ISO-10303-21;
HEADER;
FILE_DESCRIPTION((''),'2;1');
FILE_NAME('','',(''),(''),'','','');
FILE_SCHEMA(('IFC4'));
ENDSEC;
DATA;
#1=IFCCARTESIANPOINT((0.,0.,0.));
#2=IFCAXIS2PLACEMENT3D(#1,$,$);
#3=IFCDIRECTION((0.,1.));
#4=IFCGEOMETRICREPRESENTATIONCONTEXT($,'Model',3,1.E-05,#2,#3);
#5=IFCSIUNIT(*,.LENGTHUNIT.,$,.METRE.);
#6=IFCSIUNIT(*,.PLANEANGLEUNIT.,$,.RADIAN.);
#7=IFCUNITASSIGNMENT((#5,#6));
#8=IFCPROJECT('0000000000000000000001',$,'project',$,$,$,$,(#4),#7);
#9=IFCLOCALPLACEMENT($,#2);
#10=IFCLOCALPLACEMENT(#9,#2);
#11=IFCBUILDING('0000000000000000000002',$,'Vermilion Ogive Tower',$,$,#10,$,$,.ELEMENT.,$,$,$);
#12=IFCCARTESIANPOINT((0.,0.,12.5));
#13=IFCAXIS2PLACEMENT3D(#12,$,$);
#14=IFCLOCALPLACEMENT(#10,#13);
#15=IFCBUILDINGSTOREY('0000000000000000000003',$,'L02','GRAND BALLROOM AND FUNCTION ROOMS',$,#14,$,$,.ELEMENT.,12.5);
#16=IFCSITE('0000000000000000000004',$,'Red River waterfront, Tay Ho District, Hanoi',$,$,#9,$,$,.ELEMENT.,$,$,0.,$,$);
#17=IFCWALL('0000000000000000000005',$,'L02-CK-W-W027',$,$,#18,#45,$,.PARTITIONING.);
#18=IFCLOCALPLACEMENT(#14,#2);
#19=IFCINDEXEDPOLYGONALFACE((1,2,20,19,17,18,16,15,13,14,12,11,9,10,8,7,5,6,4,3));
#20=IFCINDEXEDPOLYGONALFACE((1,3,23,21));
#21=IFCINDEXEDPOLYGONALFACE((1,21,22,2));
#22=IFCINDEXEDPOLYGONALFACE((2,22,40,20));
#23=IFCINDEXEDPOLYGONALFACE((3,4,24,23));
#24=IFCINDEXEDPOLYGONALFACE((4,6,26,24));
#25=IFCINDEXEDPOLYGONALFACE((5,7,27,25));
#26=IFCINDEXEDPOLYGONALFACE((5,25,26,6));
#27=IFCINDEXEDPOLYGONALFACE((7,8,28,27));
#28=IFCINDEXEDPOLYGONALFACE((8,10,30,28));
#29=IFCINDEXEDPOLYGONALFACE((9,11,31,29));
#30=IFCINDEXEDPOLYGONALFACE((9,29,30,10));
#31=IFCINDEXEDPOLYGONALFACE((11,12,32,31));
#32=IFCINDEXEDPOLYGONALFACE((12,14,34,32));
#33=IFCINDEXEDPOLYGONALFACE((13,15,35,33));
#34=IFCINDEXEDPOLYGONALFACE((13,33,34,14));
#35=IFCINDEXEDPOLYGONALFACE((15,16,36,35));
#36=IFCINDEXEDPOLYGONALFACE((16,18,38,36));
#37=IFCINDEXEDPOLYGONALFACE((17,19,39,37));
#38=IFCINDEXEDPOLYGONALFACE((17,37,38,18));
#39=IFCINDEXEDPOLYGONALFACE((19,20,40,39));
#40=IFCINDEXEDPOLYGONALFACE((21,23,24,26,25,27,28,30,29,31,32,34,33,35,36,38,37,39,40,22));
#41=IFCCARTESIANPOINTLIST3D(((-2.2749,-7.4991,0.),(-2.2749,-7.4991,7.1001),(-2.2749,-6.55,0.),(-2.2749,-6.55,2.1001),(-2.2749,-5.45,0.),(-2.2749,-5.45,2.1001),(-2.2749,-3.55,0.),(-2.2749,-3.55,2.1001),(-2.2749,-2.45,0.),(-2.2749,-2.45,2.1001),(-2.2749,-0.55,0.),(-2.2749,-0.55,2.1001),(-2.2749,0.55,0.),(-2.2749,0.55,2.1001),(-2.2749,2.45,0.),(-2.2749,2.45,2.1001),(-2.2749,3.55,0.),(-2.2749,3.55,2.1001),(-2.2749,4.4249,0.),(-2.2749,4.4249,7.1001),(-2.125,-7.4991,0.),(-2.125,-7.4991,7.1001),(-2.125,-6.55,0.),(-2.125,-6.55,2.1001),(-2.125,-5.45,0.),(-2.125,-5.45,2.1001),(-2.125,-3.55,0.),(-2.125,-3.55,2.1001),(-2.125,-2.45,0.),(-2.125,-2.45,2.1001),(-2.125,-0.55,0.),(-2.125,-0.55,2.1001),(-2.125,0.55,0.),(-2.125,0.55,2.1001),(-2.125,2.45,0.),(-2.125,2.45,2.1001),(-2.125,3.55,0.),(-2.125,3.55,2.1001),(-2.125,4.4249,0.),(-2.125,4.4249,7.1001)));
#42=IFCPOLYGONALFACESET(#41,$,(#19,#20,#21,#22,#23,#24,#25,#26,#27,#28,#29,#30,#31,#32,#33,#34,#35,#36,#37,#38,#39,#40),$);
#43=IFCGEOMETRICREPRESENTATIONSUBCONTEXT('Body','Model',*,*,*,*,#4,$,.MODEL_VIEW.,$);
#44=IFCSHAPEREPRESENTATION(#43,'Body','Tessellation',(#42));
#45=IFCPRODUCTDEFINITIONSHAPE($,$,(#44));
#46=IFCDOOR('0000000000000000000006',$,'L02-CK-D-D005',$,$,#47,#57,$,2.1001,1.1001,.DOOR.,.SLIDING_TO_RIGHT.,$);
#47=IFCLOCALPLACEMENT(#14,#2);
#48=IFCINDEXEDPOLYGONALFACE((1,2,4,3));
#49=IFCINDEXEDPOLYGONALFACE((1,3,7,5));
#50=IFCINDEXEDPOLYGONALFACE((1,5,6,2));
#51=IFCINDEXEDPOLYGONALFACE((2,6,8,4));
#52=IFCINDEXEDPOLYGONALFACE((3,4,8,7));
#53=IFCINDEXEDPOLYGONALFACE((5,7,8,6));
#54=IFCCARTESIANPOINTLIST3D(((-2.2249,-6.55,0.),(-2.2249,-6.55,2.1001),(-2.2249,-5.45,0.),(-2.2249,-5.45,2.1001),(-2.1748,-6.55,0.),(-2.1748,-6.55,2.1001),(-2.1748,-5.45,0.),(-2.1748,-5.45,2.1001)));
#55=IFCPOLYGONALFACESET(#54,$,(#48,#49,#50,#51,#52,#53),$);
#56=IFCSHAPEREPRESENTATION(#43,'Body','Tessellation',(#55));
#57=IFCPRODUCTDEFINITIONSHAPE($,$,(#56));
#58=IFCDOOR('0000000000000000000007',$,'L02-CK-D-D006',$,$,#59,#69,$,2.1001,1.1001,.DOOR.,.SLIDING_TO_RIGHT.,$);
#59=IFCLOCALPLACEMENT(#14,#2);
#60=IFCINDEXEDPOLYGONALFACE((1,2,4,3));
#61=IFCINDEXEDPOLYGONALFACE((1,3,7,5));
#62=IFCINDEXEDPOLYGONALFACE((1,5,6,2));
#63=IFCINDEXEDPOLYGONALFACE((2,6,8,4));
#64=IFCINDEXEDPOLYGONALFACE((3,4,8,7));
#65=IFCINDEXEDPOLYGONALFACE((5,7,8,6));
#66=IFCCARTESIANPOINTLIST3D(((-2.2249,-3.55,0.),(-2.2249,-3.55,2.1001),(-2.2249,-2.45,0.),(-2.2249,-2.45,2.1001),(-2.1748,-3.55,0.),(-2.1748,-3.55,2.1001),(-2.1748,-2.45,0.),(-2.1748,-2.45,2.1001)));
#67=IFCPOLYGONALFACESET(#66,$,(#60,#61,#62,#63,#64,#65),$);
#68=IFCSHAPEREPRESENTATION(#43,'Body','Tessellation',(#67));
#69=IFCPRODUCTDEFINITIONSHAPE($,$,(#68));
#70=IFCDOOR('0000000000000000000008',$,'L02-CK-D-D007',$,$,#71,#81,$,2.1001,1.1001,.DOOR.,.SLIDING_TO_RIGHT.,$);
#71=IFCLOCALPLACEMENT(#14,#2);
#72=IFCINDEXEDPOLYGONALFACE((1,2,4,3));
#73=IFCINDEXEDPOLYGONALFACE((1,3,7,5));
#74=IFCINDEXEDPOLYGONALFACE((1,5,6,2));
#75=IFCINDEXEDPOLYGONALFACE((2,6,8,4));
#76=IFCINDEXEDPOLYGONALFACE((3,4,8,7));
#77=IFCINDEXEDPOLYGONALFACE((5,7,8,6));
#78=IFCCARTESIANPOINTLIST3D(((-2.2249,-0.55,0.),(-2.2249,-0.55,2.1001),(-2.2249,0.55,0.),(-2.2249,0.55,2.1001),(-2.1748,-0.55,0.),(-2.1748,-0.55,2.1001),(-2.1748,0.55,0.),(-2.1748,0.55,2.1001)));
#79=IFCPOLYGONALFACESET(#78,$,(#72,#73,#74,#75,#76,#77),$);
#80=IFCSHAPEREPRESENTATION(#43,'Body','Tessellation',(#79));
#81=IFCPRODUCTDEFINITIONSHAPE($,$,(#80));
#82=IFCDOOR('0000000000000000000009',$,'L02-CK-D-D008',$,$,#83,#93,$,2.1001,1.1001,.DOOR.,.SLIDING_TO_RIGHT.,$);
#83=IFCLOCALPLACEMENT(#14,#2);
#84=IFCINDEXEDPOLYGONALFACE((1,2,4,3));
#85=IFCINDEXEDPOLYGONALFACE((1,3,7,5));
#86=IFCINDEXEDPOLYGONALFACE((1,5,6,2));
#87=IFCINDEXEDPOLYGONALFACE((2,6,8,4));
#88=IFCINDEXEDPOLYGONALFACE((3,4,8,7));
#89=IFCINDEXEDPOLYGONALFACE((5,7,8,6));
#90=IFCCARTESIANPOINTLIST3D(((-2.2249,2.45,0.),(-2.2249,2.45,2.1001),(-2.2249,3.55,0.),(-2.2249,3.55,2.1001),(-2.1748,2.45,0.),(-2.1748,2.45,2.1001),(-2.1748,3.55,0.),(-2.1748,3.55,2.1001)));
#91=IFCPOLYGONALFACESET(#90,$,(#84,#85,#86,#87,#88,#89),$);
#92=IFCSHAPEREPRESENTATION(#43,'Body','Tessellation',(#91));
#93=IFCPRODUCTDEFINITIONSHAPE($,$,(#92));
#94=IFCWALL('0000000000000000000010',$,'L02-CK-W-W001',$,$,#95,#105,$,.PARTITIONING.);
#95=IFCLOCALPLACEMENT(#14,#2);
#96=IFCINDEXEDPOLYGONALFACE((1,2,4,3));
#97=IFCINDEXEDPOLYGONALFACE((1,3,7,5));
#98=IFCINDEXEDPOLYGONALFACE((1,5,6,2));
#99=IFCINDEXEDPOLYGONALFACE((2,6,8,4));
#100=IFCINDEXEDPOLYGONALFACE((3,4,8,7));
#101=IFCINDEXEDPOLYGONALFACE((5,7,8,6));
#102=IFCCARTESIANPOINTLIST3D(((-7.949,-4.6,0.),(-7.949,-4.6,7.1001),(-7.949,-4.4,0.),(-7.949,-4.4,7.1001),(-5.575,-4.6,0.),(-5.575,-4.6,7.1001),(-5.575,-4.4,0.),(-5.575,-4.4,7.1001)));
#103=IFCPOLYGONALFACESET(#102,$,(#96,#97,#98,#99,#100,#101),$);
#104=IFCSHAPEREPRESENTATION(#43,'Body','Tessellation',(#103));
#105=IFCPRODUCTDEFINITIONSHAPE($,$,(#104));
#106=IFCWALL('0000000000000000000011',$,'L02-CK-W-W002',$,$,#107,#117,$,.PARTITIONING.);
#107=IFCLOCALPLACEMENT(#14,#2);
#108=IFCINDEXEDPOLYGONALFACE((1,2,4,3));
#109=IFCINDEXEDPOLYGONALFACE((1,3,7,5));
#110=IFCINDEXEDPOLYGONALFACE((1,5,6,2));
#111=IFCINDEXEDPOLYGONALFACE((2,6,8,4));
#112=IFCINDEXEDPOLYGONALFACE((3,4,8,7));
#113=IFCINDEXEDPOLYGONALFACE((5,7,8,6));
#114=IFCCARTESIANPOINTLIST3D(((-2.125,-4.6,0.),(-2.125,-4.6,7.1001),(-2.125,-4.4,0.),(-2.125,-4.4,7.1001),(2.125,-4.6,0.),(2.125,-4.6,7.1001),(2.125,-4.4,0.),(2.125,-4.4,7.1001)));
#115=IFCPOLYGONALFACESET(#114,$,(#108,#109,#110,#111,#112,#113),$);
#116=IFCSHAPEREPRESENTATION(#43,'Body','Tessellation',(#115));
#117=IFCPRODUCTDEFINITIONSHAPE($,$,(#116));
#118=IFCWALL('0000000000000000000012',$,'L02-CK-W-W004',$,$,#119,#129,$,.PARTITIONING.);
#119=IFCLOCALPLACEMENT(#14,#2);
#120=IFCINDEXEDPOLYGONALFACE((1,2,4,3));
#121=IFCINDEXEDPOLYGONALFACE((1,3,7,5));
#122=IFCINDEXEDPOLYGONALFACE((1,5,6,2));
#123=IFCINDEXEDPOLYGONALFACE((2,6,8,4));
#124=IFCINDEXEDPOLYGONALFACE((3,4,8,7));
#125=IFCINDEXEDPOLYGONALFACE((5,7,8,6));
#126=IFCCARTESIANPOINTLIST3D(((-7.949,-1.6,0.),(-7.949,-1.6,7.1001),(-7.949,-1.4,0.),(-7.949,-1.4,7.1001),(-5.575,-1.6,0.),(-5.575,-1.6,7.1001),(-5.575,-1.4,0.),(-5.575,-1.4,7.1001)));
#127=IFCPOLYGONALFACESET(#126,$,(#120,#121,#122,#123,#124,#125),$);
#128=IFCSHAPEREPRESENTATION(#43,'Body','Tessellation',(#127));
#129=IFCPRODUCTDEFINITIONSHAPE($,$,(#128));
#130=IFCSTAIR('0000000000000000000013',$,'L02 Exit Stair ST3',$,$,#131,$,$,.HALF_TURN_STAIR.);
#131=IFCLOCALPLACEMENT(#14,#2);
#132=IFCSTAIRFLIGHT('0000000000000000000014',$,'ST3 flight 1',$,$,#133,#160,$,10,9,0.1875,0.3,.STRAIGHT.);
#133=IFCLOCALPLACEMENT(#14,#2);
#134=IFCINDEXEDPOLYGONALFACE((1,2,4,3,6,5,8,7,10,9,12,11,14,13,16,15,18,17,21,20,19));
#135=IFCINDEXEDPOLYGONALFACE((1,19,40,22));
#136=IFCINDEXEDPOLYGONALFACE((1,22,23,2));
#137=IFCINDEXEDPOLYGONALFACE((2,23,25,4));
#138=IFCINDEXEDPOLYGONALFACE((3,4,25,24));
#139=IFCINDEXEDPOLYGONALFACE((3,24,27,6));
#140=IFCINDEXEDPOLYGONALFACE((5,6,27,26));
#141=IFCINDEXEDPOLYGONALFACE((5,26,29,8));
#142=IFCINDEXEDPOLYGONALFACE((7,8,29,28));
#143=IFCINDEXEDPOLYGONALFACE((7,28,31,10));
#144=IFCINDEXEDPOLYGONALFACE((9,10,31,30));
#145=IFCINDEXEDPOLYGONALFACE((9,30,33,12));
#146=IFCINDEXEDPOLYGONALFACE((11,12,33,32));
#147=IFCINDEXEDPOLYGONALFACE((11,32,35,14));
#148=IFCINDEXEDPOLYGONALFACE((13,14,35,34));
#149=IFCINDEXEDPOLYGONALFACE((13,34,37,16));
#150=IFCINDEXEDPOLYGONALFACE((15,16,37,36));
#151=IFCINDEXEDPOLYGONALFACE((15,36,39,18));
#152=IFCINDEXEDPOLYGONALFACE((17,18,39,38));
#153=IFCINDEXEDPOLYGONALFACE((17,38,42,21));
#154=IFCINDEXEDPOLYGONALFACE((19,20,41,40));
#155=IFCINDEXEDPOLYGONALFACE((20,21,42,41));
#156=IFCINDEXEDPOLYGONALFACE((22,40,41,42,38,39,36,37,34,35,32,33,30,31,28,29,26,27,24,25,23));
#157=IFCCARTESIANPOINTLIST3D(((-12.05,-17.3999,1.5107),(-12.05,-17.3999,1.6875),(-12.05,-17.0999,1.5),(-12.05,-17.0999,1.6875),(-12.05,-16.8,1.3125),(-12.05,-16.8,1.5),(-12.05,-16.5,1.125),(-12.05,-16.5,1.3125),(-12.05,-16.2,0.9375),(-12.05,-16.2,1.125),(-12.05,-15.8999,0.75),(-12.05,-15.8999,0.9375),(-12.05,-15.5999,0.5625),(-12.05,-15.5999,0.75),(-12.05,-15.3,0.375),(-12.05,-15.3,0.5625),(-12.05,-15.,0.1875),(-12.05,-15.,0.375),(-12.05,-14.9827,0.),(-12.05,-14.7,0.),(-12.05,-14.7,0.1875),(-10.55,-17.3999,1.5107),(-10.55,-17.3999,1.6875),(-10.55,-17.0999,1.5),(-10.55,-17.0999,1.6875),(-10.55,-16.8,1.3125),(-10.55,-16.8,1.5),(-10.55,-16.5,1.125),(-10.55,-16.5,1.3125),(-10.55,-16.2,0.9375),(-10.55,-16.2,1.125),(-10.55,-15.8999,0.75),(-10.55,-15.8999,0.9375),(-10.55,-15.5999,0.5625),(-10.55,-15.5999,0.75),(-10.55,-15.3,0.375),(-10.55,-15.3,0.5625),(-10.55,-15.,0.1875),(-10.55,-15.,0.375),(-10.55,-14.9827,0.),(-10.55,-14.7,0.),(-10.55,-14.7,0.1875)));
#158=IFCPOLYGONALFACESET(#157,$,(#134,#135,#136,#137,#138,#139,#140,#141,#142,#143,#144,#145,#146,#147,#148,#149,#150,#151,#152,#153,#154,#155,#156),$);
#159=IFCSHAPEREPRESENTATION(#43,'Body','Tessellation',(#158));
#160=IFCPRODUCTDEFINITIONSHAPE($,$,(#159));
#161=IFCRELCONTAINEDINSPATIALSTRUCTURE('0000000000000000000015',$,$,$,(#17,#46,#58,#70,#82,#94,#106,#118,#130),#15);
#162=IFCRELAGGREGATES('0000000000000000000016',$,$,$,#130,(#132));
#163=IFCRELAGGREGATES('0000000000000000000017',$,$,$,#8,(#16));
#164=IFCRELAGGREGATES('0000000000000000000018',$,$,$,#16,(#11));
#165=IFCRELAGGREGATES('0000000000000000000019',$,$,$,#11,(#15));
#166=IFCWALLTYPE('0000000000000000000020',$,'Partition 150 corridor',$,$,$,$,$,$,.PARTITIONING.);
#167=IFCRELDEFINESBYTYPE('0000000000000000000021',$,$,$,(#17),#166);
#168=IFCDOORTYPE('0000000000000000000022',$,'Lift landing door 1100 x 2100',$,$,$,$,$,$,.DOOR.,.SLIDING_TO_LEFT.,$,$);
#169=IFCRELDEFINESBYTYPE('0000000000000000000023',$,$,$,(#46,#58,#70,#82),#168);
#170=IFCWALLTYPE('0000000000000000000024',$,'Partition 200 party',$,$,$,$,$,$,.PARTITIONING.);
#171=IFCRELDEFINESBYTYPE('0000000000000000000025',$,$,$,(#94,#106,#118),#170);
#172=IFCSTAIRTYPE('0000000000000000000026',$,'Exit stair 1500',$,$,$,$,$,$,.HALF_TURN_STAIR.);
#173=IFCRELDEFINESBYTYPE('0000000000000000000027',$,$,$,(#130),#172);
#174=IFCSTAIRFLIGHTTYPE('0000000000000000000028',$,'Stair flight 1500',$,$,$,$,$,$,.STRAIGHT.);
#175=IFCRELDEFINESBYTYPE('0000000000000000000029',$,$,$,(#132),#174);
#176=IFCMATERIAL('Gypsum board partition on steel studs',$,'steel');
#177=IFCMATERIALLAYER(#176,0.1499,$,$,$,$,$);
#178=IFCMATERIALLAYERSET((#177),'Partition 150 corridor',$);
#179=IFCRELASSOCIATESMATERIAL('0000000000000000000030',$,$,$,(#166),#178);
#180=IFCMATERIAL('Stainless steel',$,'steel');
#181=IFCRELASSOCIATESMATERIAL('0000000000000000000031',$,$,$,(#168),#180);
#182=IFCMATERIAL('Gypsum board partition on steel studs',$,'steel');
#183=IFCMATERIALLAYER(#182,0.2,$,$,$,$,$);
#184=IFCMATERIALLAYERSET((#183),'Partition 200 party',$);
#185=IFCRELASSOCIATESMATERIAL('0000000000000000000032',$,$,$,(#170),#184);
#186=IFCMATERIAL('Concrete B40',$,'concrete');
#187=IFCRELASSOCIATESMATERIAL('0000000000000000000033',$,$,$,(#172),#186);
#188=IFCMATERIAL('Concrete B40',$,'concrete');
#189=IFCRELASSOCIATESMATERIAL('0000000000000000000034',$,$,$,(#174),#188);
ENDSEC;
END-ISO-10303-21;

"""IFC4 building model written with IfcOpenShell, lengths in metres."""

from ifc_helpers import new_model, si_unit, direction, frame, frame_2d, origin, place, context, subcontext, project, spatial, polyline, rectangle, outline, extrude, material, layer, layer_set, type_object, element, fill, aggregate, save


model = new_model("IFC4")

# Units and contexts
model_context = context("Model", 3, precision=1e-05, world=origin(), true_north=direction((0.0, 1.0)))
body_context = subcontext(model_context, "Body", "Model", "MODEL_VIEW")
ifc_project = project(units=[si_unit("LENGTHUNIT", "METRE"), si_unit("PLANEANGLEUNIT", "RADIAN")], contexts=[model_context])

# Site, building, storey
site_placement = place(None, origin())
site = spatial("IfcSite", under=ifc_project, at=site_placement, Name="Red River waterfront, Tay Ho District, Hanoi", CompositionType="ELEMENT", RefElevation=0.0)
building_placement = place(site_placement, origin())
building = spatial("IfcBuilding", under=site, at=building_placement, Name="Vermilion Ogive Tower", CompositionType="ELEMENT")
storey_placement = place(building_placement, frame((0.0, 0.0, 12.5)))
storey = spatial("IfcBuildingStorey", under=building, at=storey_placement, Name="L02", Description="GRAND BALLROOM AND FUNCTION ROOMS", CompositionType="ELEMENT", Elevation=12.5)

# Shared definitions
ifc_material_1 = material(Name="Gypsum board partition on steel studs", Category="steel")
ifc_layer_1 = layer(ifc_material_1, 0.1499)
ifc_layer_set_1 = layer_set([ifc_layer_1], Name="Partition 150 corridor")
wall_type_1 = type_object("IfcWallType", Name="Partition 150 corridor", PredefinedType="PARTITIONING", material=ifc_layer_set_1)

# Wall, openings, doors
ifc_material_2 = material(Name="Stainless steel", Category="steel")
door_type_1 = type_object("IfcDoorType", Name="Lift landing door 1100 x 2100", OperationType="SLIDING_TO_LEFT", PredefinedType="DOOR", material=ifc_material_2)
wall_1_placement = place(storey_placement, frame((-2.2, -7.499, 0.0), z_axis=(0.0, 0.0, 1.0), x_axis=(0.0, 1.0, 0.0)))
wall_1 = element("IfcWall", 1, at=wall_1_placement, inside=storey, type_object=wall_type_1, Name="L02-CK-W-W027", PredefinedType="PARTITIONING", context=body_context, shape_type="SweptSolid", body=[
    extrude(rectangle(XDim=11.9241, YDim=0.1499, at=frame_2d((5.9619, 0.0))), origin(), (0.0, 0.0, 1.0), 7.1001),
])
opening_1_placement = place(wall_1_placement, frame((0.949, 0.0, 0.0)))
opening_1 = element("IfcOpeningElement", 2, at=opening_1_placement, cuts=wall_1, PredefinedType="OPENING", context=body_context, shape_type="SweptSolid", body=[
    extrude(rectangle(XDim=1.1001, YDim=2.1001, at=frame_2d((0.55, 1.05))), frame((0.0, 0.085, 0.0), z_axis=(0.0, -1.0, 0.0), x_axis=(1.0, 0.0, 0.0)), (0.0, 0.0, 1.0), 0.1699),
])
opening_2_placement = place(wall_1_placement, frame((3.949, 0.0, 0.0)))
opening_2 = element("IfcOpeningElement", 3, at=opening_2_placement, cuts=wall_1, PredefinedType="OPENING", context=body_context, shape_type="SweptSolid", body=[
    extrude(rectangle(XDim=1.1001, YDim=2.1001, at=frame_2d((0.55, 1.05))), frame((0.0, 0.085, 0.0), z_axis=(0.0, -1.0, 0.0), x_axis=(1.0, 0.0, 0.0)), (0.0, 0.0, 1.0), 0.1699),
])
opening_3_placement = place(wall_1_placement, frame((6.949, 0.0, 0.0)))
opening_3 = element("IfcOpeningElement", 4, at=opening_3_placement, cuts=wall_1, PredefinedType="OPENING", context=body_context, shape_type="SweptSolid", body=[
    extrude(rectangle(XDim=1.1001, YDim=2.1001, at=frame_2d((0.55, 1.05))), frame((0.0, 0.085, 0.0), z_axis=(0.0, -1.0, 0.0), x_axis=(1.0, 0.0, 0.0)), (0.0, 0.0, 1.0), 0.1699),
])
opening_4_placement = place(wall_1_placement, frame((9.949, 0.0, 0.0)))
opening_4 = element("IfcOpeningElement", 5, at=opening_4_placement, cuts=wall_1, PredefinedType="OPENING", context=body_context, shape_type="SweptSolid", body=[
    extrude(rectangle(XDim=1.1001, YDim=2.1001, at=frame_2d((0.55, 1.05))), frame((0.0, 0.085, 0.0), z_axis=(0.0, -1.0, 0.0), x_axis=(1.0, 0.0, 0.0)), (0.0, 0.0, 1.0), 0.1699),
])
door_1_placement = place(opening_1_placement, origin())
door_1 = element("IfcDoor", 6, at=door_1_placement, inside=storey, type_object=door_type_1, Name="L02-CK-D-D005", OperationType="SLIDING_TO_RIGHT", OverallHeight=2.1001, OverallWidth=1.1001, PredefinedType="DOOR", context=body_context, shape_type="SweptSolid", body=[
    extrude(rectangle(XDim=1.1001, YDim=2.1001, at=frame_2d((0.55, 1.05))), frame((0.0, 0.0249, 0.0), z_axis=(0.0, -1.0, 0.0), x_axis=(1.0, 0.0, 0.0)), (0.0, 0.0, 1.0), 0.05),
])
fill(opening_1, door_1)
door_2_placement = place(opening_2_placement, origin())
door_2 = element("IfcDoor", 7, at=door_2_placement, inside=storey, type_object=door_type_1, Name="L02-CK-D-D006", OperationType="SLIDING_TO_RIGHT", OverallHeight=2.1001, OverallWidth=1.1001, PredefinedType="DOOR", context=body_context, shape_type="SweptSolid", body=[
    extrude(rectangle(XDim=1.1001, YDim=2.1001, at=frame_2d((0.55, 1.05))), frame((0.0, 0.0249, 0.0), z_axis=(0.0, -1.0, 0.0), x_axis=(1.0, 0.0, 0.0)), (0.0, 0.0, 1.0), 0.05),
])
fill(opening_2, door_2)
door_3_placement = place(opening_3_placement, origin())
door_3 = element("IfcDoor", 8, at=door_3_placement, inside=storey, type_object=door_type_1, Name="L02-CK-D-D007", OperationType="SLIDING_TO_RIGHT", OverallHeight=2.1001, OverallWidth=1.1001, PredefinedType="DOOR", context=body_context, shape_type="SweptSolid", body=[
    extrude(rectangle(XDim=1.1001, YDim=2.1001, at=frame_2d((0.55, 1.05))), frame((0.0, 0.0249, 0.0), z_axis=(0.0, -1.0, 0.0), x_axis=(1.0, 0.0, 0.0)), (0.0, 0.0, 1.0), 0.05),
])
fill(opening_3, door_3)
door_4_placement = place(opening_4_placement, origin())
door_4 = element("IfcDoor", 9, at=door_4_placement, inside=storey, type_object=door_type_1, Name="L02-CK-D-D008", OperationType="SLIDING_TO_RIGHT", OverallHeight=2.1001, OverallWidth=1.1001, PredefinedType="DOOR", context=body_context, shape_type="SweptSolid", body=[
    extrude(rectangle(XDim=1.1001, YDim=2.1001, at=frame_2d((0.55, 1.05))), frame((0.0, 0.0249, 0.0), z_axis=(0.0, -1.0, 0.0), x_axis=(1.0, 0.0, 0.0)), (0.0, 0.0, 1.0), 0.05),
])
fill(opening_4, door_4)

# Walls
ifc_material_3 = material(Name="Gypsum board partition on steel studs", Category="steel")
ifc_layer_2 = layer(ifc_material_3, 0.2)
ifc_layer_set_2 = layer_set([ifc_layer_2], Name="Partition 200 party")
wall_type_2 = type_object("IfcWallType", Name="Partition 200 party", PredefinedType="PARTITIONING", material=ifc_layer_set_2)
wall_2_placement = place(storey_placement, frame((-7.949, -4.5, 0.0), z_axis=(0.0, 0.0, 1.0), x_axis=(1.0, 0.0, 0.0)))
element("IfcWall", 10, at=wall_2_placement, inside=storey, type_object=wall_type_2, Name="L02-CK-W-W001", PredefinedType="PARTITIONING", context=body_context, shape_type="SweptSolid", body=[
    extrude(rectangle(XDim=2.374, YDim=0.2, at=frame_2d((1.187, 0.0))), origin(), (0.0, 0.0, 1.0), 7.1001),
])
wall_3_placement = place(storey_placement, frame((-2.125, -4.5, 0.0), z_axis=(0.0, 0.0, 1.0), x_axis=(1.0, 0.0, 0.0)))
element("IfcWall", 11, at=wall_3_placement, inside=storey, type_object=wall_type_2, Name="L02-CK-W-W002", PredefinedType="PARTITIONING", context=body_context, shape_type="SweptSolid", body=[
    extrude(rectangle(XDim=4.25, YDim=0.2, at=frame_2d((2.125, 0.0))), origin(), (0.0, 0.0, 1.0), 7.1001),
])
wall_4_placement = place(storey_placement, frame((-7.949, -1.5, 0.0), z_axis=(0.0, 0.0, 1.0), x_axis=(1.0, 0.0, 0.0)))
element("IfcWall", 12, at=wall_4_placement, inside=storey, type_object=wall_type_2, Name="L02-CK-W-W004", PredefinedType="PARTITIONING", context=body_context, shape_type="SweptSolid", body=[
    extrude(rectangle(XDim=2.374, YDim=0.2, at=frame_2d((1.187, 0.0))), origin(), (0.0, 0.0, 1.0), 7.1001),
])

# Stair, stair flight
ifc_material_4 = material(Name="Concrete B40", Category="concrete")
stair_type = type_object("IfcStairType", Name="Exit stair 1500", PredefinedType="HALF_TURN_STAIR", material=ifc_material_4)
stair_placement = place(storey_placement, origin())
stair = element("IfcStair", 13, at=stair_placement, inside=storey, type_object=stair_type, Name="L02 Exit Stair ST3", PredefinedType="HALF_TURN_STAIR")
ifc_material_5 = material(Name="Concrete B40", Category="concrete")
stair_flight_type = type_object("IfcStairFlightType", Name="Stair flight 1500", PredefinedType="STRAIGHT", material=ifc_material_5)
stair_flight_1_placement = place(storey_placement, frame((-11.3, -14.7, 0.0), z_axis=(0.0, 0.0, 1.0), x_axis=(0.0, -1.0, 0.0)))
stair_flight_1 = element("IfcStairFlight", 14, at=stair_flight_1_placement, type_object=stair_flight_type, Name="ST3 flight 1", NumberOfRisers=10, NumberOfTreads=9, PredefinedType="STRAIGHT", RiserHeight=0.1875, TreadLength=0.3, context=body_context, shape_type="SweptSolid", body=[
    extrude(outline(polyline([(0.0, 0.0), (0.0, 0.1875), (0.3, 0.1875), (0.3, 0.375), (0.6001, 0.375), (0.6001, 0.5625), (0.8999, 0.5625), (0.8999, 0.75), (1.2, 0.75), (1.2, 0.9375), (1.5, 0.9375), (1.5, 1.125), (1.8, 1.125), (1.8, 1.3125), (2.1001, 1.3125), (2.1001, 1.5), (2.3999, 1.5), (2.3999, 1.6875), (2.7, 1.6875), (2.7, 1.875), (2.7, 1.5107), (0.2827, 0.0), (0.0, 0.0)])), frame((0.0, 0.75, 0.0), z_axis=(0.0, -1.0, 0.0), x_axis=(1.0, 0.0, 0.0)), (0.0, 0.0, 1.0), 1.5),
])
aggregate(stair, [stair_flight_1])

save(model, "model.ifc")
